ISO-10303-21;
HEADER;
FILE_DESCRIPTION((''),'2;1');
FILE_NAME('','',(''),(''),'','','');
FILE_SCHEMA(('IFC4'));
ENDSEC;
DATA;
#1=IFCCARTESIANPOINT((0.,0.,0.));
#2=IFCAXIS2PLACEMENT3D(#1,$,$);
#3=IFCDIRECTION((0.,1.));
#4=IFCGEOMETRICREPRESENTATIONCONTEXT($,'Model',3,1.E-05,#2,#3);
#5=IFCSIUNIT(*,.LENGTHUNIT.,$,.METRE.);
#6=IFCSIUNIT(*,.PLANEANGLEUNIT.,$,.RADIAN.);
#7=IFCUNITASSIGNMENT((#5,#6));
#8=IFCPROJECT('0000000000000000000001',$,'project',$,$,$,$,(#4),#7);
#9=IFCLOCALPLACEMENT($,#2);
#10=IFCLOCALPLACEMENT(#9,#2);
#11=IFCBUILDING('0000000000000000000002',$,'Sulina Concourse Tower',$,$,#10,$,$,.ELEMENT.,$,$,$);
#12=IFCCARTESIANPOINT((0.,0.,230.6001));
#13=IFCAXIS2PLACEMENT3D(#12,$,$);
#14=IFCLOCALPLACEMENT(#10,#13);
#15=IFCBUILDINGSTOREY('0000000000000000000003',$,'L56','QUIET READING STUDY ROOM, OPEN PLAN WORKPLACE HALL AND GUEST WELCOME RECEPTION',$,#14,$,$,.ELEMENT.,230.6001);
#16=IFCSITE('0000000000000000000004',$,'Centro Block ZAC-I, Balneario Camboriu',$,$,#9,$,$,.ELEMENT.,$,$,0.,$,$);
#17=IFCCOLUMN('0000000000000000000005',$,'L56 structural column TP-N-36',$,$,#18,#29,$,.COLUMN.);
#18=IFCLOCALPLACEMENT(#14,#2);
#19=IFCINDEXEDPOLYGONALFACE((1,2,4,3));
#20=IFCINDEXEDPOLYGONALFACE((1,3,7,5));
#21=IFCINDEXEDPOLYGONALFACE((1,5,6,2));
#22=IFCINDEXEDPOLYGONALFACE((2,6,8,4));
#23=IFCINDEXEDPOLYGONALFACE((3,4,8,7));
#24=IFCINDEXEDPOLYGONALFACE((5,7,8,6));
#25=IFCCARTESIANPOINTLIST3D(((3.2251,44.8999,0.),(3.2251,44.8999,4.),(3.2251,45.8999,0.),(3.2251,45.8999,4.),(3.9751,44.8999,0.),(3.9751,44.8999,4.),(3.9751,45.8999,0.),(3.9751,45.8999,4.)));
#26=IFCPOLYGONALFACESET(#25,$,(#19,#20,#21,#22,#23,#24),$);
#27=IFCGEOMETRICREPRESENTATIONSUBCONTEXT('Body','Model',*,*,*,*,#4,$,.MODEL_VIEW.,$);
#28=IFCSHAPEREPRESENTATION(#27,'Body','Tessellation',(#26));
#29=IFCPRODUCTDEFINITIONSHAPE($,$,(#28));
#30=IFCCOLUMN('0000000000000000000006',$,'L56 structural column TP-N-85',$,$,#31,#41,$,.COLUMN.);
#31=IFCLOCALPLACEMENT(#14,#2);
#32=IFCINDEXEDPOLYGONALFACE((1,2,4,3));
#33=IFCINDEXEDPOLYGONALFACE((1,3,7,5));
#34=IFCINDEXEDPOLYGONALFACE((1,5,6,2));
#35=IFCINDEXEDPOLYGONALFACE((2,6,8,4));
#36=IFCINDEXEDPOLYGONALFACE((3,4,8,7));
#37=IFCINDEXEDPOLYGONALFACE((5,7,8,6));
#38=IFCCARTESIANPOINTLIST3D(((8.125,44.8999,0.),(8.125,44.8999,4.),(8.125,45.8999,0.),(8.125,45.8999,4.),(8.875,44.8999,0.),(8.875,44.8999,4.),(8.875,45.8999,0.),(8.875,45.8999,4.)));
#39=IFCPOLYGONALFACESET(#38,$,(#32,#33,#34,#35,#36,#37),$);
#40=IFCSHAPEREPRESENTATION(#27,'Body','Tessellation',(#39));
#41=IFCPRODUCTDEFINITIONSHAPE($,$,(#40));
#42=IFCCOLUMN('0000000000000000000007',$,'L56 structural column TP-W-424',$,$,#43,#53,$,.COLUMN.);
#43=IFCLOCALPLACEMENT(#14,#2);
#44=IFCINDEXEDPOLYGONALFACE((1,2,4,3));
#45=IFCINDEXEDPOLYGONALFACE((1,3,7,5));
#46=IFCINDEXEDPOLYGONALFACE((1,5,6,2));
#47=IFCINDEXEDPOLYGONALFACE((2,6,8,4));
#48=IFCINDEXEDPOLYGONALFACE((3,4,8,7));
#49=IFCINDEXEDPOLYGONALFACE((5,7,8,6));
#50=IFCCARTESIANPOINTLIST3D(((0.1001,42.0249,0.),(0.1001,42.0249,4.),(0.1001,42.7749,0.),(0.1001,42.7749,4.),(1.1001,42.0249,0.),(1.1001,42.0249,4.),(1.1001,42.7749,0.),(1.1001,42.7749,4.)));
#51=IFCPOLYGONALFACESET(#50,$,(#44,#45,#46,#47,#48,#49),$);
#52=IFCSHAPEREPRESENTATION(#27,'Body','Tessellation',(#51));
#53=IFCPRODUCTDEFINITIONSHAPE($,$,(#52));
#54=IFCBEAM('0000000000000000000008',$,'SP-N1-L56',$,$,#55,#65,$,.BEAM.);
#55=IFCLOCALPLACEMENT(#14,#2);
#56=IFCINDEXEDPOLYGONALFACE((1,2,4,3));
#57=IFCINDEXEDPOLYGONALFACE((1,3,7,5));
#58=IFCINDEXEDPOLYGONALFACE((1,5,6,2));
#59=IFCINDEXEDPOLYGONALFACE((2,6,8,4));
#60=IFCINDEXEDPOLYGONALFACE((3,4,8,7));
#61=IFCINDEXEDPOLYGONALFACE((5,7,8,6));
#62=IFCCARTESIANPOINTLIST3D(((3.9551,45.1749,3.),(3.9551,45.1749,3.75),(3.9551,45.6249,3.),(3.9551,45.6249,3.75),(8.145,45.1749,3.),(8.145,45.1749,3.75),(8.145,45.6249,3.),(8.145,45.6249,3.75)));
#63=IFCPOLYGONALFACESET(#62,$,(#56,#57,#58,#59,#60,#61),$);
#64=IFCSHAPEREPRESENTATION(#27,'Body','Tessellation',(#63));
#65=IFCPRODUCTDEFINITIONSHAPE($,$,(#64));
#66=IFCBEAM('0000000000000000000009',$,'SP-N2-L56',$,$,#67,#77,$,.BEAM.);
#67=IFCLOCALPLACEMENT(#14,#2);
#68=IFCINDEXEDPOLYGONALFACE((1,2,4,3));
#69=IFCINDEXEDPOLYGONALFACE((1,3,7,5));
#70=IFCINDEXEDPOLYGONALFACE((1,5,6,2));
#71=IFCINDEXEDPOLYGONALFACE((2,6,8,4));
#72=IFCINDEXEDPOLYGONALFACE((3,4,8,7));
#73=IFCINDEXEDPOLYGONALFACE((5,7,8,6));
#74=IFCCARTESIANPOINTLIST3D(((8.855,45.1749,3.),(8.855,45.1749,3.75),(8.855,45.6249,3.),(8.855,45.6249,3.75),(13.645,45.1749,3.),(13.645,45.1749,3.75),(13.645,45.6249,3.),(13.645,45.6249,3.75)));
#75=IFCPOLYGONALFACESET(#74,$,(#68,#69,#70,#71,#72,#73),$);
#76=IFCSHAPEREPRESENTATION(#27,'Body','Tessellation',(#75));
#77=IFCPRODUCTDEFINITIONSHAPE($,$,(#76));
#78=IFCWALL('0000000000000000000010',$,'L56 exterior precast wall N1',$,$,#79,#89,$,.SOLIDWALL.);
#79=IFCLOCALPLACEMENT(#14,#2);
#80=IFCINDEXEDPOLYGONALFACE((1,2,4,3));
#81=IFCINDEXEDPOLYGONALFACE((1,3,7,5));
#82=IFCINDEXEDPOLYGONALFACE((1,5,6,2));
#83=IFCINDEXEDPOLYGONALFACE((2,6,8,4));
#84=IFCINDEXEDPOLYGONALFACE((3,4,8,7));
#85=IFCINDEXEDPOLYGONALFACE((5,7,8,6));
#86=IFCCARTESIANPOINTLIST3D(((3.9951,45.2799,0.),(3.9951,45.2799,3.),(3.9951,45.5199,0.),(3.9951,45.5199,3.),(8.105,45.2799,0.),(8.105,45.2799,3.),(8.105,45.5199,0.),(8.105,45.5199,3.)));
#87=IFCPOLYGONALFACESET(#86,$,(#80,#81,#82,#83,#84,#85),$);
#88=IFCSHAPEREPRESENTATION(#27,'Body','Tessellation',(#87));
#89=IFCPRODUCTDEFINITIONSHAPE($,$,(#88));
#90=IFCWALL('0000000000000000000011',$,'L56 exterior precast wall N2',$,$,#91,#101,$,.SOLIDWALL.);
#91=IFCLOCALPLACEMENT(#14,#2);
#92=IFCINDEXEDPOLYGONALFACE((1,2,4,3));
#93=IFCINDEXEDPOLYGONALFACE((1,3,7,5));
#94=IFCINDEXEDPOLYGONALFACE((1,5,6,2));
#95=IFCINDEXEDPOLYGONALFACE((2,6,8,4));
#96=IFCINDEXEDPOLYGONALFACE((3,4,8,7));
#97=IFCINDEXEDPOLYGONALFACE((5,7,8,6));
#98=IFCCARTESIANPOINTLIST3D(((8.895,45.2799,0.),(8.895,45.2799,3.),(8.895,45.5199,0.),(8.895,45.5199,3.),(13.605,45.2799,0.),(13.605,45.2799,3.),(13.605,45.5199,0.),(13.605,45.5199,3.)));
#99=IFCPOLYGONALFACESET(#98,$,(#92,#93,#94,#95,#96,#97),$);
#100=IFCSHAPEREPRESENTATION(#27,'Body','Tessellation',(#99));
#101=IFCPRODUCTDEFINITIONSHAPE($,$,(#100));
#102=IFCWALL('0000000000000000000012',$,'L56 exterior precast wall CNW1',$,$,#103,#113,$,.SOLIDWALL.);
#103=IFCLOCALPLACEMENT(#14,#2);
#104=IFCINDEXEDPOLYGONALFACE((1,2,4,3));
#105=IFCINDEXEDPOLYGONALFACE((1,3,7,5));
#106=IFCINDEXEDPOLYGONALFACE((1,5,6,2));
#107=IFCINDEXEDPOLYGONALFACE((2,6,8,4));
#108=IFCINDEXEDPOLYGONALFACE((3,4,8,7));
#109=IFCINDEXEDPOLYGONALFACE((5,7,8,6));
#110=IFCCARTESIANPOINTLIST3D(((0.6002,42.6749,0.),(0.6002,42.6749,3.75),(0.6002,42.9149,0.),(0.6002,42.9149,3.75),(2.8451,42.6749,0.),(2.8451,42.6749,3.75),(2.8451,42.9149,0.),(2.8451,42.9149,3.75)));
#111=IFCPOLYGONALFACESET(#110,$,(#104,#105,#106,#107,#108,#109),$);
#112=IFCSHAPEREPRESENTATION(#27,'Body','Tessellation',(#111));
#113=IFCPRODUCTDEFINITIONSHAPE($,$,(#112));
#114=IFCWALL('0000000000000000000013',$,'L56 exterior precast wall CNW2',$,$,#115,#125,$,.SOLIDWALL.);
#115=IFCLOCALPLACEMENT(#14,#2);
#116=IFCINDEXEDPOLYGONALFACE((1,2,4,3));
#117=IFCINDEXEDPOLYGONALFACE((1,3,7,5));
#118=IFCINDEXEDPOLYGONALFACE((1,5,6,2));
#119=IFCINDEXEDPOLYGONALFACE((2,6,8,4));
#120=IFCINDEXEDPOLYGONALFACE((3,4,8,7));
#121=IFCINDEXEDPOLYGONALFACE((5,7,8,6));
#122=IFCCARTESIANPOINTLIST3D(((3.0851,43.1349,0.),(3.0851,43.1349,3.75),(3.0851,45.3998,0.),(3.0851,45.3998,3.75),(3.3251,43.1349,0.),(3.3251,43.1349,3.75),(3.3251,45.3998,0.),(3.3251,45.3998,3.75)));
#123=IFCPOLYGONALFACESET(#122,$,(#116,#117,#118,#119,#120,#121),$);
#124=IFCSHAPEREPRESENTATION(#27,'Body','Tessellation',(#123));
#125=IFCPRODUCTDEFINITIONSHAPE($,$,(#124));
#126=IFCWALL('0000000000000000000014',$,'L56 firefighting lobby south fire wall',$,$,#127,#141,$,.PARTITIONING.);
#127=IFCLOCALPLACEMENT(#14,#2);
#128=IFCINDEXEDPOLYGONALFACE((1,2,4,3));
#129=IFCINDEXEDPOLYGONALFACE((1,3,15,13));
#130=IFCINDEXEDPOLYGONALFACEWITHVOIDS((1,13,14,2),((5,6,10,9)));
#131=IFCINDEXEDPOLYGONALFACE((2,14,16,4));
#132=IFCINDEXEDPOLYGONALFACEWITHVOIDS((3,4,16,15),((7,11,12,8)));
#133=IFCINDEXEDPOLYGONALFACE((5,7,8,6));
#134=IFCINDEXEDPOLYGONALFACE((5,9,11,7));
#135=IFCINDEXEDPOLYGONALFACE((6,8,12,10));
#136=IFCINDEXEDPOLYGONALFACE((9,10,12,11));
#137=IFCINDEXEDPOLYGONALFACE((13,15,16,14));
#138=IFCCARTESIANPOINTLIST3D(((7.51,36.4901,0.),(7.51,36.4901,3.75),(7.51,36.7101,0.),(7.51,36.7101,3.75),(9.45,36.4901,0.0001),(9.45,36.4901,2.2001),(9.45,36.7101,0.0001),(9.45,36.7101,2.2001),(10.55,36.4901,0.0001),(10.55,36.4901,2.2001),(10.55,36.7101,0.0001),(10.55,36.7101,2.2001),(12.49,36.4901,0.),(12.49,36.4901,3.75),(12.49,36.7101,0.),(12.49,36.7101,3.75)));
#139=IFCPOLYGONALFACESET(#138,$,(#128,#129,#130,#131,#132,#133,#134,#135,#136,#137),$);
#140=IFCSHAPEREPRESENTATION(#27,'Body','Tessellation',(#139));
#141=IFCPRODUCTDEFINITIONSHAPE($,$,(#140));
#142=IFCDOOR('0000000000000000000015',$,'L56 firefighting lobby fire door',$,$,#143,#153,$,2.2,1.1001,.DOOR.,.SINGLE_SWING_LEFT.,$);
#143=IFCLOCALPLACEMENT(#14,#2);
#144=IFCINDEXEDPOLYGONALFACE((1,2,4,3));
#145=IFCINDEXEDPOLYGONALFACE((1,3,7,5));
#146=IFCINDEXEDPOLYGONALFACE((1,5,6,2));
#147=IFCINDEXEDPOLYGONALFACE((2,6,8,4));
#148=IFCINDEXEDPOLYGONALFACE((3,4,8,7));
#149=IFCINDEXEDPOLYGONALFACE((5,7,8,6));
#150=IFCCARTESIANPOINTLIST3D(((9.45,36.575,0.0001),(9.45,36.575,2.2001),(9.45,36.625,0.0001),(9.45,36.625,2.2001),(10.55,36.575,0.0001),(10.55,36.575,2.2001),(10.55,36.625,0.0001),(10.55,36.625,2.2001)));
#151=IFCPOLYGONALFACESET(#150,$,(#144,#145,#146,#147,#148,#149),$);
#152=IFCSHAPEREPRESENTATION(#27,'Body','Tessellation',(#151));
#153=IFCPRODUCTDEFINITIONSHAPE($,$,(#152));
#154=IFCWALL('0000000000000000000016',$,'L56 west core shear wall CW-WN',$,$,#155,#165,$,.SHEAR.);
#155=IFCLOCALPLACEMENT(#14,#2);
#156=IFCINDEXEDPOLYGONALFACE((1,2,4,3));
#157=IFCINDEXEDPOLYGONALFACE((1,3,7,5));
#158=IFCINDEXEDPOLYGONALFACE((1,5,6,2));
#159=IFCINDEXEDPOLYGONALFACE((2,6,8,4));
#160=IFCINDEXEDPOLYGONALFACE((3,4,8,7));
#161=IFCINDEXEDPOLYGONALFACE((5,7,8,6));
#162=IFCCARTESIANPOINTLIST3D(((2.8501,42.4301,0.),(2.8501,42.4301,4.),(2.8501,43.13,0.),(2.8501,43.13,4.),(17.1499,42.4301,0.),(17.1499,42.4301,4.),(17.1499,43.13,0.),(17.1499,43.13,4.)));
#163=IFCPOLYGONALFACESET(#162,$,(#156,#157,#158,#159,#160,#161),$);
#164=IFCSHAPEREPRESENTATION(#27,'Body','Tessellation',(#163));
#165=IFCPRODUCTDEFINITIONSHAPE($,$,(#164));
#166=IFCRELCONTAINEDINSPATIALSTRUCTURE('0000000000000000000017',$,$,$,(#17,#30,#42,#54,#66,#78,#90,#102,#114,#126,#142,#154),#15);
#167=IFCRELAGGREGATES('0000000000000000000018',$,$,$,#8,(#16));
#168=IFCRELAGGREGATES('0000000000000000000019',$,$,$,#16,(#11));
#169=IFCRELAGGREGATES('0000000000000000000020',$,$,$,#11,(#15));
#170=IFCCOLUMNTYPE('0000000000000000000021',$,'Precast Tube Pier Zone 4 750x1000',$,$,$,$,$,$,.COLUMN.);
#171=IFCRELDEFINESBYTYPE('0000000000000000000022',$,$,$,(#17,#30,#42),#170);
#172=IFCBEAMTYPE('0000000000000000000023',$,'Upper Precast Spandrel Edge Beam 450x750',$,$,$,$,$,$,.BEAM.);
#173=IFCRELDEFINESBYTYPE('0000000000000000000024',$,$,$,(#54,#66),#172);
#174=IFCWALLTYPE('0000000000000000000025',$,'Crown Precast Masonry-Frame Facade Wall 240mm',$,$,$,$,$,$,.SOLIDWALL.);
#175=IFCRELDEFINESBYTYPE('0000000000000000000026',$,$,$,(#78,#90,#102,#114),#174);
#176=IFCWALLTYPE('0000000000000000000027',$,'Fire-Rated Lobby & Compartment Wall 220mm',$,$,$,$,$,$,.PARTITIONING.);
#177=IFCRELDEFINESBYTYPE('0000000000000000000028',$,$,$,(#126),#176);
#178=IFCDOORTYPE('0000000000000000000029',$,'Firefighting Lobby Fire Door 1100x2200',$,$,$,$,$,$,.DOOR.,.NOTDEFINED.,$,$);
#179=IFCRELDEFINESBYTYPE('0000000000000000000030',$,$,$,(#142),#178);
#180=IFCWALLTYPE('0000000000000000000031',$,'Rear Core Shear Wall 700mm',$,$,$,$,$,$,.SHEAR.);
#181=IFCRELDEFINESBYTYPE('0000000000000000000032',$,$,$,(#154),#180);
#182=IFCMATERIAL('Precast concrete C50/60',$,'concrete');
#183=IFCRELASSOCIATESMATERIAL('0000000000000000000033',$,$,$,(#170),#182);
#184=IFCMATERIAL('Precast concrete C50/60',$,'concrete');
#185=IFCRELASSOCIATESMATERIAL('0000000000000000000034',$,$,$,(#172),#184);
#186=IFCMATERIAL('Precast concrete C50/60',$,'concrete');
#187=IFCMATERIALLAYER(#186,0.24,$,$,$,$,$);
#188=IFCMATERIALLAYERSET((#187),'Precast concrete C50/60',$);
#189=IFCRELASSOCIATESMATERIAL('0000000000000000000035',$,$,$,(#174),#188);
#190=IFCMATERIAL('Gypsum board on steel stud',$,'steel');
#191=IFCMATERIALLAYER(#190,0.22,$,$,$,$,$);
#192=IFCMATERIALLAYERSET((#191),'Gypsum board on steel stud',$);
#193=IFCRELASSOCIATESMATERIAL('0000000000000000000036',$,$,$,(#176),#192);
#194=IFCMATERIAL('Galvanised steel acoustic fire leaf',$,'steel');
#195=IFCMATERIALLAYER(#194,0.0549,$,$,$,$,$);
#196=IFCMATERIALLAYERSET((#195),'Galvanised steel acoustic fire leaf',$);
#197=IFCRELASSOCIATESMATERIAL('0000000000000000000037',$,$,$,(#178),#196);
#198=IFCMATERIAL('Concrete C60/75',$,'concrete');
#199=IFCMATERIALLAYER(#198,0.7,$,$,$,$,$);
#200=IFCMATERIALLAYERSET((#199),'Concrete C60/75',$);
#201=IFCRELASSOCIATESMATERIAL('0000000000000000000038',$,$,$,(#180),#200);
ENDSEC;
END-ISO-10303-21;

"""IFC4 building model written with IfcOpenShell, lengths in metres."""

from ifc_helpers import new_model, si_unit, direction, frame, frame_2d, origin, origin_2d, place, context, subcontext, project, spatial, rectangle, extrude, material, layer, layer_set, material_profile, profile_set, type_object, element, fill, save


model = new_model("IFC4")

# Units and contexts
model_context = context("Model", 3, precision=1e-05, world=origin(), true_north=direction((0.0, 1.0)))
body_context = subcontext(model_context, "Body", "Model", "MODEL_VIEW")
ifc_project = project(units=[si_unit("LENGTHUNIT", "METRE"), si_unit("PLANEANGLEUNIT", "RADIAN")], contexts=[model_context])

# Site, building, storey
site_placement = place(None, origin())
site = spatial("IfcSite", under=ifc_project, at=site_placement, Name="Centro Block ZAC-I, Balneario Camboriu", CompositionType="ELEMENT", RefElevation=0.0)
building_placement = place(site_placement, origin())
building = spatial("IfcBuilding", under=site, at=building_placement, Name="Sulina Concourse Tower", CompositionType="ELEMENT")
storey_placement = place(building_placement, frame((0.0, 0.0, 230.6001)))
storey = spatial("IfcBuildingStorey", under=building, at=storey_placement, Name="L56", Description="QUIET READING STUDY ROOM, OPEN PLAN WORKPLACE HALL AND GUEST WELCOME RECEPTION", CompositionType="ELEMENT", Elevation=230.6001)

# Columns
ifc_material_1 = material(Name="Precast concrete C50/60", Category="concrete")
ifc_material_profile_1 = material_profile(ifc_material_1, rectangle(XDim=0.75, YDim=1.0, at=origin_2d()), Name="PC 750x1000")
ifc_profile_set_1 = profile_set([ifc_material_profile_1], Name="Precast concrete C50/60")
column_type = type_object("IfcColumnType", Name="Precast Tube Pier Zone 4 750x1000", PredefinedType="COLUMN", material=ifc_profile_set_1)
for number, where, z_axis, x_axis, name in (
    (1, (3.6001, 45.3999, 0.0), (0.0, 0.0, 1.0), (1.0, 0.0, 0.0), "L56 structural column TP-N-36"),
    (2, (8.5, 45.3999, 0.0), (0.0, 0.0, 1.0), (1.0, 0.0, 0.0), "L56 structural column TP-N-85"),
    (3, (0.6001, 42.3999, 0.0), (0.0, 0.0, 1.0), (0.0, 1.0, 0.0), "L56 structural column TP-W-424"),
):
    element("IfcColumn", number, at=place(storey_placement, frame(where, z_axis=z_axis, x_axis=x_axis)), inside=storey, type_object=column_type, Name=name, PredefinedType="COLUMN", context=body_context, shape_type="SweptSolid", body=[
        extrude(rectangle(XDim=0.75, YDim=1.0, at=origin_2d()), origin(), (0.0, 0.0, 1.0), 4.0),
    ])

# Beams
ifc_material_2 = material(Name="Precast concrete C50/60", Category="concrete")
ifc_material_profile_2 = material_profile(ifc_material_2, rectangle(XDim=0.45, YDim=0.75, at=origin_2d()), Name="RC 450x750")
ifc_profile_set_2 = profile_set([ifc_material_profile_2], Name="Precast concrete C50/60")
beam_type = type_object("IfcBeamType", Name="Upper Precast Spandrel Edge Beam 450x750", PredefinedType="BEAM", material=ifc_profile_set_2)
beam_1_placement = place(storey_placement, frame((3.9551, 45.3999, 3.375), z_axis=(1.0, 0.0, 0.0), x_axis=(0.0, 1.0, 0.0)))
element("IfcBeam", 4, at=beam_1_placement, inside=storey, type_object=beam_type, Name="SP-N1-L56", PredefinedType="BEAM", context=body_context, shape_type="SweptSolid", body=[
    extrude(rectangle(XDim=0.45, YDim=0.75, at=origin_2d()), origin(), (0.0, 0.0, 1.0), 4.1899),
])
beam_2_placement = place(storey_placement, frame((8.855, 45.3999, 3.375), z_axis=(1.0, 0.0, 0.0), x_axis=(0.0, 1.0, 0.0)))
element("IfcBeam", 5, at=beam_2_placement, inside=storey, type_object=beam_type, Name="SP-N2-L56", PredefinedType="BEAM", context=body_context, shape_type="SweptSolid", body=[
    extrude(rectangle(XDim=0.45, YDim=0.75, at=origin_2d()), origin(), (0.0, 0.0, 1.0), 4.79),
])

# Walls
ifc_material_3 = material(Name="Precast concrete C50/60", Category="concrete")
ifc_layer_1 = layer(ifc_material_3, 0.24)
ifc_layer_set_1 = layer_set([ifc_layer_1], Name="Precast concrete C50/60")
wall_type_1 = type_object("IfcWallType", Name="Crown Precast Masonry-Frame Facade Wall 240mm", PredefinedType="SOLIDWALL", material=ifc_layer_set_1)
wall_1_placement = place(storey_placement, frame((3.9951, 45.3999, 0.0), z_axis=(0.0, 0.0, 1.0), x_axis=(1.0, 0.0, 0.0)))
element("IfcWall", 6, at=wall_1_placement, inside=storey, type_object=wall_type_1, Name="L56 exterior precast wall N1", PredefinedType="SOLIDWALL", context=body_context, shape_type="SweptSolid", body=[
    extrude(rectangle(XDim=4.1099, YDim=0.24, at=frame_2d((2.0549, 0.0))), origin(), (0.0, 0.0, 1.0), 3.0),
])
wall_2_placement = place(storey_placement, frame((8.895, 45.3999, 0.0), z_axis=(0.0, 0.0, 1.0), x_axis=(1.0, 0.0, 0.0)))
element("IfcWall", 7, at=wall_2_placement, inside=storey, type_object=wall_type_1, Name="L56 exterior precast wall N2", PredefinedType="SOLIDWALL", context=body_context, shape_type="SweptSolid", body=[
    extrude(rectangle(XDim=4.71, YDim=0.24, at=frame_2d((2.355, 0.0))), origin(), (0.0, 0.0, 1.0), 3.0),
])
wall_3_placement = place(storey_placement, frame((0.6001, 42.7949, 0.0), z_axis=(0.0, 0.0, 1.0), x_axis=(1.0, 0.0, 0.0)))
element("IfcWall", 8, at=wall_3_placement, inside=storey, type_object=wall_type_1, Name="L56 exterior precast wall CNW1", PredefinedType="SOLIDWALL", context=body_context, shape_type="SweptSolid", body=[
    extrude(rectangle(XDim=2.2449, YDim=0.24, at=frame_2d((1.1226, 0.0))), origin(), (0.0, 0.0, 1.0), 3.75),
])
wall_4_placement = place(storey_placement, frame((3.2051, 43.135, 0.0), z_axis=(0.0, 0.0, 1.0), x_axis=(0.0, 1.0, 0.0)))
element("IfcWall", 9, at=wall_4_placement, inside=storey, type_object=wall_type_1, Name="L56 exterior precast wall CNW2", PredefinedType="SOLIDWALL", context=body_context, shape_type="SweptSolid", body=[
    extrude(rectangle(XDim=2.2649, YDim=0.24, at=frame_2d((1.1323, 0.0))), origin(), (0.0, 0.0, 1.0), 3.75),
])

# Wall, opening, door
ifc_material_4 = material(Name="Gypsum board on steel stud", Category="steel")
ifc_layer_2 = layer(ifc_material_4, 0.22)
ifc_layer_set_2 = layer_set([ifc_layer_2], Name="Gypsum board on steel stud")
wall_type_2 = type_object("IfcWallType", Name="Fire-Rated Lobby & Compartment Wall 220mm", PredefinedType="PARTITIONING", material=ifc_layer_set_2)
wall_5_placement = place(storey_placement, frame((7.51, 36.6001, 0.0), z_axis=(0.0, 0.0, 1.0), x_axis=(1.0, 0.0, 0.0)))
wall_5 = element("IfcWall", 10, at=wall_5_placement, inside=storey, type_object=wall_type_2, Name="L56 firefighting lobby south fire wall", PredefinedType="PARTITIONING", context=body_context, shape_type="SweptSolid", body=[
    extrude(rectangle(XDim=4.98, YDim=0.22, at=frame_2d((2.49, 0.0))), origin(), (0.0, 0.0, 1.0), 3.75),
])
opening_placement = place(wall_5_placement, frame((1.9399, 0.0, 0.0)))
opening = element("IfcOpeningElement", 11, at=opening_placement, cuts=wall_5, PredefinedType="OPENING", context=body_context, shape_type="SweptSolid", body=[
    extrude(rectangle(XDim=1.1001, YDim=2.2, at=frame_2d((0.55, 1.1001))), frame((0.0, 0.1199, 0.0), z_axis=(0.0, -1.0, 0.0), x_axis=(1.0, 0.0, 0.0)), (0.0, 0.0, 1.0), 0.24),
])
ifc_material_5 = material(Name="Galvanised steel acoustic fire leaf", Category="steel")
ifc_layer_3 = layer(ifc_material_5, 0.0549)
ifc_layer_set_3 = layer_set([ifc_layer_3], Name="Galvanised steel acoustic fire leaf")
door_type = type_object("IfcDoorType", Name="Firefighting Lobby Fire Door 1100x2200", OperationType="NOTDEFINED", PredefinedType="DOOR", material=ifc_layer_set_3)
door_placement = place(opening_placement, origin())
door = element("IfcDoor", 12, at=door_placement, inside=storey, type_object=door_type, Name="L56 firefighting lobby fire door", OperationType="SINGLE_SWING_LEFT", OverallHeight=2.2, OverallWidth=1.1001, PredefinedType="DOOR", context=body_context, shape_type="SweptSolid", body=[
    extrude(rectangle(XDim=1.1001, YDim=2.2, at=frame_2d((0.55, 1.1001))), frame((0.0, 0.0249, 0.0), z_axis=(0.0, -1.0, 0.0), x_axis=(1.0, 0.0, 0.0)), (0.0, 0.0, 1.0), 0.05),
])
fill(opening, door)

# Wall
ifc_material_6 = material(Name="Concrete C60/75", Category="concrete")
ifc_layer_4 = layer(ifc_material_6, 0.7)
ifc_layer_set_4 = layer_set([ifc_layer_4], Name="Concrete C60/75")
wall_type_3 = type_object("IfcWallType", Name="Rear Core Shear Wall 700mm", PredefinedType="SHEAR", material=ifc_layer_set_4)
wall_6_placement = place(storey_placement, frame((2.8501, 42.78, 0.0), z_axis=(0.0, 0.0, 1.0), x_axis=(1.0, 0.0, 0.0)))
element("IfcWall", 13, at=wall_6_placement, inside=storey, type_object=wall_type_3, Name="L56 west core shear wall CW-WN", PredefinedType="SHEAR", context=body_context, shape_type="SweptSolid", body=[
    extrude(rectangle(XDim=14.2998, YDim=0.7, at=frame_2d((7.1499, 0.0))), origin(), (0.0, 0.0, 1.0), 4.0),
])

save(model, "model.ifc")
